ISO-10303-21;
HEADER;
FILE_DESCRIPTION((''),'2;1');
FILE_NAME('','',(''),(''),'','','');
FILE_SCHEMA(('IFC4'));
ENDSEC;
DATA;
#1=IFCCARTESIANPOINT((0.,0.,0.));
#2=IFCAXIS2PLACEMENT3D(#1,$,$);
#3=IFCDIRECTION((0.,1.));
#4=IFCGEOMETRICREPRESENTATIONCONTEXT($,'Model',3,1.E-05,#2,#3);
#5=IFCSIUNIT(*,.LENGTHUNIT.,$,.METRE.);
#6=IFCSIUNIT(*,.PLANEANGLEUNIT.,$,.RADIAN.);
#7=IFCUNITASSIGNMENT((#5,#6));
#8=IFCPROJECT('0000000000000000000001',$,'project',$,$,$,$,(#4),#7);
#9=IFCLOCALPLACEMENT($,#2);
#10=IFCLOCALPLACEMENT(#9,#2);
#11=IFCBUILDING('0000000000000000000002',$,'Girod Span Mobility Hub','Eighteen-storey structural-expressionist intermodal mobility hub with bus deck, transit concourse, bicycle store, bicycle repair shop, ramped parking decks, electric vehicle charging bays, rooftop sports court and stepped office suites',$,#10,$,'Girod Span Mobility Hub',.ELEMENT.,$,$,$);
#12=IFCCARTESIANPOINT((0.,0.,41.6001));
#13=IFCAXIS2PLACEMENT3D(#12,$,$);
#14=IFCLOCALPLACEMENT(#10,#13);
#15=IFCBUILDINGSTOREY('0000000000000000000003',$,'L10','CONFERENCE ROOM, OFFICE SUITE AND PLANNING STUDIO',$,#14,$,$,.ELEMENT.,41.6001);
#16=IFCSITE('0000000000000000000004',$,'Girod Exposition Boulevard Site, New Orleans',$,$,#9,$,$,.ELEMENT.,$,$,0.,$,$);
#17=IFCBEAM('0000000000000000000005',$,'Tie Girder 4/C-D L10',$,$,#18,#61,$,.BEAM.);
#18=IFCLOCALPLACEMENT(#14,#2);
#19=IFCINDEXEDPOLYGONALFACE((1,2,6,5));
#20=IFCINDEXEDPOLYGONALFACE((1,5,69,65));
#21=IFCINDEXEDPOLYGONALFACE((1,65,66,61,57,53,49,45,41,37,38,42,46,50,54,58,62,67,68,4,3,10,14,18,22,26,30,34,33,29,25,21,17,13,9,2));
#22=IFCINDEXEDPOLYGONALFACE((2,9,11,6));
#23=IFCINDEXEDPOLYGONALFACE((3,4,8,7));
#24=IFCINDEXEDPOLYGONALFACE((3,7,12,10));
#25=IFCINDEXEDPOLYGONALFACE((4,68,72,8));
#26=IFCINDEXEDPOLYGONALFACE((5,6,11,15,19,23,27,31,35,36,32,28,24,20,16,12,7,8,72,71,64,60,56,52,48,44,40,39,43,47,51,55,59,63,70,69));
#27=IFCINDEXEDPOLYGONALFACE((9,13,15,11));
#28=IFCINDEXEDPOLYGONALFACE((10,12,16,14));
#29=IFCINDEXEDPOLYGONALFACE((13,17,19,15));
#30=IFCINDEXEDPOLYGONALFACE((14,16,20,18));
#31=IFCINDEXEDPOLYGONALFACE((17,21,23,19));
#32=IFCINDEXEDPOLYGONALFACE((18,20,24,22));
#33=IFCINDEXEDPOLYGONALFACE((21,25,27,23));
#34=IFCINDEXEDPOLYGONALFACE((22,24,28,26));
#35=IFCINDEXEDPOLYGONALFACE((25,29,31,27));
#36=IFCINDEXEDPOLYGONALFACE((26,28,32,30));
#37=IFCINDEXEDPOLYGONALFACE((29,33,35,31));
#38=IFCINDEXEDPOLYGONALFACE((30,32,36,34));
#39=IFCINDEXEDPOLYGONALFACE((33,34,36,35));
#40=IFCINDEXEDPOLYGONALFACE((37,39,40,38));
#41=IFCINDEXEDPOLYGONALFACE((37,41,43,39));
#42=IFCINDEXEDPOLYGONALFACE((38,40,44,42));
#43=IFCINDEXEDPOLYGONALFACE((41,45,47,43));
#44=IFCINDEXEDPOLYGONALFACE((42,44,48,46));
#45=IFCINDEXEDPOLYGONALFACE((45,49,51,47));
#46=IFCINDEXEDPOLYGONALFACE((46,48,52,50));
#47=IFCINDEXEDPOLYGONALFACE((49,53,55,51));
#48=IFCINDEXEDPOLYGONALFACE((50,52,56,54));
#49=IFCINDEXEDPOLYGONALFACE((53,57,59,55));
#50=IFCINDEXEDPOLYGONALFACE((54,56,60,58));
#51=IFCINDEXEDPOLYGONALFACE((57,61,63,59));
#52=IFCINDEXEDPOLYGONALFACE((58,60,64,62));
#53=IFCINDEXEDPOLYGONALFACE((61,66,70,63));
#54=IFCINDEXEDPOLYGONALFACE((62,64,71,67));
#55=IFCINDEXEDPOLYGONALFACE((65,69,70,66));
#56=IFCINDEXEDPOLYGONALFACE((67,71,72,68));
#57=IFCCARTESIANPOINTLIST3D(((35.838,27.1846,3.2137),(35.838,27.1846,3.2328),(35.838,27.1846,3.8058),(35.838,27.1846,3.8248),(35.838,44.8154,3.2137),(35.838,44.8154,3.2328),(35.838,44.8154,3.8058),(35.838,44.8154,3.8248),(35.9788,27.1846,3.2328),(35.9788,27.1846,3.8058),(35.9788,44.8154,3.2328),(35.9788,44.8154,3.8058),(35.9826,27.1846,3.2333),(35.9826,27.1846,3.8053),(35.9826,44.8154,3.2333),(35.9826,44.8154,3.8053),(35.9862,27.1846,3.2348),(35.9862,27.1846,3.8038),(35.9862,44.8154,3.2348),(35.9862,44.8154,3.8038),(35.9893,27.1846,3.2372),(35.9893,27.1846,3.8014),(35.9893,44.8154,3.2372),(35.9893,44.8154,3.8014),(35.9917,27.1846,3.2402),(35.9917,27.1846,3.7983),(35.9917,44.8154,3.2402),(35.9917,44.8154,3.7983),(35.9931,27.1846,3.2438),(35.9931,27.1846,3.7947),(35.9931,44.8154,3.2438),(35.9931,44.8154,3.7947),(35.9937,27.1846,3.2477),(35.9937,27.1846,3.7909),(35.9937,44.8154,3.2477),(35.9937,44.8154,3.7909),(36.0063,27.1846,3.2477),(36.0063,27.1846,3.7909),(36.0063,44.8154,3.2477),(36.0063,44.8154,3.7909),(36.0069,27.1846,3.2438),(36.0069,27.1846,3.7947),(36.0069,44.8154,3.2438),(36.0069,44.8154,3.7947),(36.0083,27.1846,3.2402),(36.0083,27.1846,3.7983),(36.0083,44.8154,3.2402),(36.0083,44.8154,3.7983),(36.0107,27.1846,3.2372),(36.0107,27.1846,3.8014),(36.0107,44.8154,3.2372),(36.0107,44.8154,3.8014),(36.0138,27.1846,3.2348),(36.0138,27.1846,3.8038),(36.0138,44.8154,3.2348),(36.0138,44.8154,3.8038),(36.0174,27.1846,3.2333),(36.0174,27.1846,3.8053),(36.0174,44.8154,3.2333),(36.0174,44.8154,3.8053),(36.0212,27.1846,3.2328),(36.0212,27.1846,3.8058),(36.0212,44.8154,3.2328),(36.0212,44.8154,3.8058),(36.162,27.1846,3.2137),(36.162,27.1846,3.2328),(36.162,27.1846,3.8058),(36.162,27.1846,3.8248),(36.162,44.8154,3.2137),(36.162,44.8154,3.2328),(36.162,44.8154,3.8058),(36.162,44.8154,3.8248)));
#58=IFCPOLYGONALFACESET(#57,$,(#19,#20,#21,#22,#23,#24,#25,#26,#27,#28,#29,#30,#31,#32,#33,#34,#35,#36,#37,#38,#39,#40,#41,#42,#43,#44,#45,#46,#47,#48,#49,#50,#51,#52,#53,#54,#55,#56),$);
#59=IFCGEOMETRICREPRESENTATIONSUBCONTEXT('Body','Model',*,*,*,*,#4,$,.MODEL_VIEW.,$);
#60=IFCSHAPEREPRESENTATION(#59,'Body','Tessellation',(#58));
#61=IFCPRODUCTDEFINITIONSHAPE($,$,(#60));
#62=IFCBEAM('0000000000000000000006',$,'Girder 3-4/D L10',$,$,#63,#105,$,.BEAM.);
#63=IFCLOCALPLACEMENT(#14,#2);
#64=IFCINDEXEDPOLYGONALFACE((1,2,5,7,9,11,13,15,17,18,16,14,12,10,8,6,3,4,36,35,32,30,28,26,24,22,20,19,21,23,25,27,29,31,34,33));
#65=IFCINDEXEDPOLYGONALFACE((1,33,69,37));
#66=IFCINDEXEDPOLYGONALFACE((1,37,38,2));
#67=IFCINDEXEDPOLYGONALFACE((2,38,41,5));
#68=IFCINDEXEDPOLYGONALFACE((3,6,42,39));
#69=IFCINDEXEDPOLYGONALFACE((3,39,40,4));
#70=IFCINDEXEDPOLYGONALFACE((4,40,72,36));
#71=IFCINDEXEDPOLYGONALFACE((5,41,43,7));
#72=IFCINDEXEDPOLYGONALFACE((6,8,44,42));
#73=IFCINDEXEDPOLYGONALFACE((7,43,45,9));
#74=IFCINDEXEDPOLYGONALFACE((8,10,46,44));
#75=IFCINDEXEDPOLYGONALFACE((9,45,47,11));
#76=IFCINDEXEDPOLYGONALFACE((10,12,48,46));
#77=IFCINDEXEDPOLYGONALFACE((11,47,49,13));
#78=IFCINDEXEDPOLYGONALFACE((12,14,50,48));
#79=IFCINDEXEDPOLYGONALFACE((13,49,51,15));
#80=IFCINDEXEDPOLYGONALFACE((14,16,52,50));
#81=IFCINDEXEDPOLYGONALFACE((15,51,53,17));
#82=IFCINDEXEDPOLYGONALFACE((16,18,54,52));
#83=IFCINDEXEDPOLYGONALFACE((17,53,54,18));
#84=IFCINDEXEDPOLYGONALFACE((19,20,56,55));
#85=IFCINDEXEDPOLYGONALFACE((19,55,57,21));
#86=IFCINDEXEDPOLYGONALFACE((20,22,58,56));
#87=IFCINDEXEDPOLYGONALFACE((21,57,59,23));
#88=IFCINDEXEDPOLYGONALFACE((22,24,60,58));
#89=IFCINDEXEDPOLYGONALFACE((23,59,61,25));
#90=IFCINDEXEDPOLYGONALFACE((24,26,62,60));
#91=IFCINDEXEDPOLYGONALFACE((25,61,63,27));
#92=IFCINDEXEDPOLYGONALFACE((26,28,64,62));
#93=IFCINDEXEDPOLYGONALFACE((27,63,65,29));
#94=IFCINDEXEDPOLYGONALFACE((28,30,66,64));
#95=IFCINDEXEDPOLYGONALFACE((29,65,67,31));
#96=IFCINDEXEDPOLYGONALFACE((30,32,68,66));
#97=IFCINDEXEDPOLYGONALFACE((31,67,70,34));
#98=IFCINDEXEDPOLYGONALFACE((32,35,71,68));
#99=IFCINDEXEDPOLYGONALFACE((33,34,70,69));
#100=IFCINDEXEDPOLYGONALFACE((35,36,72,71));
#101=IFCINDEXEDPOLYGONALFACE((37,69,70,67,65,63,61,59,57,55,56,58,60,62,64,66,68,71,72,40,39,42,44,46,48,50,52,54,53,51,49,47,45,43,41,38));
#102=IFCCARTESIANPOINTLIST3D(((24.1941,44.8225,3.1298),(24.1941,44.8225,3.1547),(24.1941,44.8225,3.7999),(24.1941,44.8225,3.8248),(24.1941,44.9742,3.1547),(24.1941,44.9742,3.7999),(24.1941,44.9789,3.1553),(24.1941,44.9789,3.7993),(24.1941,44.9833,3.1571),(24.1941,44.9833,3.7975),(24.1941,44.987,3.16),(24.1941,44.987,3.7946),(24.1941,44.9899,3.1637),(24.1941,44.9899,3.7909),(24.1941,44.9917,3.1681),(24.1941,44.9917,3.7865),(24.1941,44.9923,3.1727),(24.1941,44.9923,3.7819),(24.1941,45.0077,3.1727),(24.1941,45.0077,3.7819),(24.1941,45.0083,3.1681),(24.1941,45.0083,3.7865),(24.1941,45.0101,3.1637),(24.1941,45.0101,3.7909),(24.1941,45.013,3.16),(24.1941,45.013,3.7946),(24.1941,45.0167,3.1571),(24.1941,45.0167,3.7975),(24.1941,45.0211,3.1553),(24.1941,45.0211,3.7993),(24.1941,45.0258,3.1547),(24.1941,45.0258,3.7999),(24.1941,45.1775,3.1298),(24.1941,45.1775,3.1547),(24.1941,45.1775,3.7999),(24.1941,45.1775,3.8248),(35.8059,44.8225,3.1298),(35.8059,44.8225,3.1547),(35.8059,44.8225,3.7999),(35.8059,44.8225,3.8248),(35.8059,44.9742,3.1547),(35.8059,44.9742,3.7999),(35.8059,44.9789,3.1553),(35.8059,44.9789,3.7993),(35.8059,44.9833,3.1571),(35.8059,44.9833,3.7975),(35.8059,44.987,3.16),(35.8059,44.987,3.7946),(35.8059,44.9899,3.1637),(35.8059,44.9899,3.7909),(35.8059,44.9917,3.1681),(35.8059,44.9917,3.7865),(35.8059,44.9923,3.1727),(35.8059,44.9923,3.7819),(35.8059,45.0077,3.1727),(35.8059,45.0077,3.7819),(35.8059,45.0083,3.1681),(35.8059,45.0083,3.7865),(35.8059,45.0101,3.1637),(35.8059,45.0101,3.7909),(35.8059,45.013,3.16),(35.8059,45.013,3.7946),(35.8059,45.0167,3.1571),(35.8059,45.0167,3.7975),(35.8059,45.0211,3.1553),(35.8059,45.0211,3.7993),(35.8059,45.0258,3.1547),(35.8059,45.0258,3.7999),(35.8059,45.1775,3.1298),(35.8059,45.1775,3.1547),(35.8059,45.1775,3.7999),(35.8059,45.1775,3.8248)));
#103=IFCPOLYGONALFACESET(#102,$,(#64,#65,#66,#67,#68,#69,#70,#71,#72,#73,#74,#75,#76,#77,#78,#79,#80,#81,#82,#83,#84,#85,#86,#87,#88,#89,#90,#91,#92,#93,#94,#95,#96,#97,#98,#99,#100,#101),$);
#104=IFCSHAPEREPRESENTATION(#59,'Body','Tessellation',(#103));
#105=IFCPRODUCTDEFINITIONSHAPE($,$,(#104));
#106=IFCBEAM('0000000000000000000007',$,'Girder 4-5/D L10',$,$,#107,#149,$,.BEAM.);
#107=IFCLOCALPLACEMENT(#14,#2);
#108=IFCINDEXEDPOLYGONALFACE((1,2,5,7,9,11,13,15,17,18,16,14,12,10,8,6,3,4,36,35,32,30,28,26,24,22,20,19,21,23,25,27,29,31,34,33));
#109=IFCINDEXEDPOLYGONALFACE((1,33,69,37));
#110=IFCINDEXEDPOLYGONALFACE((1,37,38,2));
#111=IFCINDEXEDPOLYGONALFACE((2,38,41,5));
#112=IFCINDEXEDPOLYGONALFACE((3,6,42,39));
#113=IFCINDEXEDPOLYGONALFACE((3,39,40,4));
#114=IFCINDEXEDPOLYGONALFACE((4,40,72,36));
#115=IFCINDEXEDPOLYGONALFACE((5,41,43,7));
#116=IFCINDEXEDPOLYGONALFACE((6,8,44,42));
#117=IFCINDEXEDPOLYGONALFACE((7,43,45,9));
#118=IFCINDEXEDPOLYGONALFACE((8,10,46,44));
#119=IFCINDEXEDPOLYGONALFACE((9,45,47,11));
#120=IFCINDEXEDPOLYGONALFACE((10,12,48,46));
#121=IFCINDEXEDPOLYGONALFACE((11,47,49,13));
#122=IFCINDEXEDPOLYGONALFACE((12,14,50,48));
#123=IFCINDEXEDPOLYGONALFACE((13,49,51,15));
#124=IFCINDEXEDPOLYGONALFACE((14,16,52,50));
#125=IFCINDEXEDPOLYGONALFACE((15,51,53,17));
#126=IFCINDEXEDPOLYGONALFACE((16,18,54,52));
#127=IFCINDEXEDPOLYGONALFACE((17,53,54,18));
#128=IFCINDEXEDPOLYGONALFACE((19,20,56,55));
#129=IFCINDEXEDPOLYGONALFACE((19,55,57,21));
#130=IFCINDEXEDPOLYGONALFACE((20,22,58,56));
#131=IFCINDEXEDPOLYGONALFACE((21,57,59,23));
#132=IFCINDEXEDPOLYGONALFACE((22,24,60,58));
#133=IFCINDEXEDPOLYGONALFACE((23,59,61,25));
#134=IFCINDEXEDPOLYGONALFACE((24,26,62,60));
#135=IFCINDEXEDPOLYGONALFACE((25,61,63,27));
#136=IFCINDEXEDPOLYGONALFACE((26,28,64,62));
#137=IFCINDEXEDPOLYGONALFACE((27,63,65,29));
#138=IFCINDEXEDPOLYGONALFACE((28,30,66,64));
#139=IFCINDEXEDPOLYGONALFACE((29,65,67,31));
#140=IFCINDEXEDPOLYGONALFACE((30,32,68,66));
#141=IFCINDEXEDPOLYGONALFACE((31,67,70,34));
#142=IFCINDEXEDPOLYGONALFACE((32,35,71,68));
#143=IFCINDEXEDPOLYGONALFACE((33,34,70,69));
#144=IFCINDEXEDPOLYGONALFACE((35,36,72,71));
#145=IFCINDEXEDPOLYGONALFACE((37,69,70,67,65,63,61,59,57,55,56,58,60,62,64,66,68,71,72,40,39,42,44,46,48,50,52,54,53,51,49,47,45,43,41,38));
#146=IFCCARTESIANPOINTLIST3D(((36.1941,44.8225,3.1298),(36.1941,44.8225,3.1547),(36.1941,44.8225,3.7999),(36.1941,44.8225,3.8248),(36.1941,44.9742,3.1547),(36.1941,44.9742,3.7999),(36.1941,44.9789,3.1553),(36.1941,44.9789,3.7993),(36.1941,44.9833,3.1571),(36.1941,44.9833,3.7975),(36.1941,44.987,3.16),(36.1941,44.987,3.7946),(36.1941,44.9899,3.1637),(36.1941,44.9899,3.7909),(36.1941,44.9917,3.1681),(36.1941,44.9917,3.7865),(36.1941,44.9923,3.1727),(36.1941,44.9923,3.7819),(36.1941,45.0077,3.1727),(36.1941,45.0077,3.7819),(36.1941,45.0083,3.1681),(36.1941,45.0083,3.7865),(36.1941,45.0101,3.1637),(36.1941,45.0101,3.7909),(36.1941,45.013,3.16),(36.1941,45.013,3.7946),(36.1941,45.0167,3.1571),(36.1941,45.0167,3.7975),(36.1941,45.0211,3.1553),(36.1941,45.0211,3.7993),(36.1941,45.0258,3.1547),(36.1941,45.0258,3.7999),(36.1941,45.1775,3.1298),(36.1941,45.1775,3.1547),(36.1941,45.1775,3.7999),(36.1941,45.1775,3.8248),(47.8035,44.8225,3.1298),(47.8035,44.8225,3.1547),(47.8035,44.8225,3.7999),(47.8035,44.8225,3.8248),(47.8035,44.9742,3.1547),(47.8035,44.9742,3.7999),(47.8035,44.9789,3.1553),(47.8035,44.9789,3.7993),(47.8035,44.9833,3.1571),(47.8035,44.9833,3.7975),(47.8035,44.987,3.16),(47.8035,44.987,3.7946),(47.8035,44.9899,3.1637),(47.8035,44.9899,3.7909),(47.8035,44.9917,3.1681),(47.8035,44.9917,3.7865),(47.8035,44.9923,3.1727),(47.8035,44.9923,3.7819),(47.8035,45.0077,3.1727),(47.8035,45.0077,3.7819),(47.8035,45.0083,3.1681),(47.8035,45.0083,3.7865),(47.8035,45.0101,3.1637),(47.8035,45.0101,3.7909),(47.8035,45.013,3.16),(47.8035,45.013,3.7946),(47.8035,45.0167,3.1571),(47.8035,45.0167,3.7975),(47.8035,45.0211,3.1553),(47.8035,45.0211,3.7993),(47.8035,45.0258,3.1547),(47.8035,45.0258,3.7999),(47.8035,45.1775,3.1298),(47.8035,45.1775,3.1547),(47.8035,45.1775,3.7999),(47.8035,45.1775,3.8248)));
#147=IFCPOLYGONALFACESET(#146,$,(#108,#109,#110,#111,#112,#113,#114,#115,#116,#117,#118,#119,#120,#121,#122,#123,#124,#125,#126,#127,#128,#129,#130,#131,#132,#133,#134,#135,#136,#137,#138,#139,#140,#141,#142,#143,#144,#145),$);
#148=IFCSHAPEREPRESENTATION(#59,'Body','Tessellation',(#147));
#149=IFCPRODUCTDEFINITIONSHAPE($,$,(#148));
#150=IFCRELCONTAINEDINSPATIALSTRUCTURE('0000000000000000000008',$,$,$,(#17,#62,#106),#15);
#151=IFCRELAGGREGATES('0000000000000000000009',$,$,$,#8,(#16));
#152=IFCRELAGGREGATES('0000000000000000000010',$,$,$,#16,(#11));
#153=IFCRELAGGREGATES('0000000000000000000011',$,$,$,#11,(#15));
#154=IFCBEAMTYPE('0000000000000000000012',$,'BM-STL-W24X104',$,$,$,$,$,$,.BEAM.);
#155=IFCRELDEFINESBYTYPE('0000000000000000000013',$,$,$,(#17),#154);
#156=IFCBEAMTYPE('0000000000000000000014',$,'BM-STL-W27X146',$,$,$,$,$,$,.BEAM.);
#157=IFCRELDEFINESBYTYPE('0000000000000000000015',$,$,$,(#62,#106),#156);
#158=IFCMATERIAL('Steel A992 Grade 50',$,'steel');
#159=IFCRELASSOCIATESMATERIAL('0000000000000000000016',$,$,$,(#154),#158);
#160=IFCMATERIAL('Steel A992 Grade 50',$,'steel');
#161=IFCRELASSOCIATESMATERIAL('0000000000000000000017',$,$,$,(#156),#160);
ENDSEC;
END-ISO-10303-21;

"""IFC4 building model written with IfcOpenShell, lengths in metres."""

from ifc_helpers import new_model, si_unit, direction, frame, origin, origin_2d, place, context, subcontext, project, spatial, i_section, extrude, material, material_profile, profile_set, type_object, element, save


model = new_model("IFC4")

# Units and contexts
model_context = context("Model", 3, precision=1e-05, world=origin(), true_north=direction((0.0, 1.0)))
body_context = subcontext(model_context, "Body", "Model", "MODEL_VIEW")
ifc_project = project(units=[si_unit("LENGTHUNIT", "METRE"), si_unit("PLANEANGLEUNIT", "RADIAN")], contexts=[model_context])

# Site, building, storey
site_placement = place(None, origin())
site = spatial("IfcSite", under=ifc_project, at=site_placement, Name="Girod Exposition Boulevard Site, New Orleans", CompositionType="ELEMENT", RefElevation=0.0)
building_placement = place(site_placement, origin())
building = spatial("IfcBuilding", under=site, at=building_placement, Name="Girod Span Mobility Hub", Description="Eighteen-storey structural-expressionist intermodal mobility hub with bus deck, transit concourse, bicycle store, bicycle repair shop, ramped parking decks, electric vehicle charging bays, rooftop sports court and stepped office suites", LongName="Girod Span Mobility Hub", CompositionType="ELEMENT")
storey_placement = place(building_placement, frame((0.0, 0.0, 41.6001)))
storey = spatial("IfcBuildingStorey", under=building, at=storey_placement, Name="L10", Description="CONFERENCE ROOM, OFFICE SUITE AND PLANNING STUDIO", CompositionType="ELEMENT", Elevation=41.6001)

# Beams
ifc_material_1 = material(Name="Steel A992 Grade 50", Category="steel")
ifc_material_profile_1 = material_profile(ifc_material_1, i_section(OverallWidth=0.324, OverallDepth=0.6111, WebThickness=0.0127, FlangeThickness=0.019, FilletRadius=0.0149, at=origin_2d()), Name="W24X104")
ifc_profile_set_1 = profile_set([ifc_material_profile_1], Name="Steel A992 Grade 50")
beam_type_1 = type_object("IfcBeamType", Name="BM-STL-W24X104", PredefinedType="BEAM", material=ifc_profile_set_1)
beam_1_placement = place(storey_placement, frame((36.0, 27.1846, 3.5193), z_axis=(0.0, 1.0, 0.0), x_axis=(-1.0, 0.0, 0.0)))
element("IfcBeam", 1, at=beam_1_placement, inside=storey, type_object=beam_type_1, Name="Tie Girder 4/C-D L10", PredefinedType="BEAM", context=body_context, shape_type="SweptSolid", body=[
    extrude(i_section(OverallWidth=0.324, OverallDepth=0.6111, WebThickness=0.0127, FlangeThickness=0.019, FilletRadius=0.0149, at=origin_2d()), origin(), (0.0, 0.0, 1.0), 17.6309),
])
ifc_material_2 = material(Name="Steel A992 Grade 50", Category="steel")
ifc_material_profile_2 = material_profile(ifc_material_2, i_section(OverallWidth=0.355, OverallDepth=0.6951, WebThickness=0.0154, FlangeThickness=0.0249, FilletRadius=0.0181, at=origin_2d()), Name="W27X146")
ifc_profile_set_2 = profile_set([ifc_material_profile_2], Name="Steel A992 Grade 50")
beam_type_2 = type_object("IfcBeamType", Name="BM-STL-W27X146", PredefinedType="BEAM", material=ifc_profile_set_2)
beam_2_placement = place(storey_placement, frame((24.1941, 45.0, 3.4773), z_axis=(1.0, 0.0, 0.0), x_axis=(0.0, 1.0, 0.0)))
element("IfcBeam", 2, at=beam_2_placement, inside=storey, type_object=beam_type_2, Name="Girder 3-4/D L10", PredefinedType="BEAM", context=body_context, shape_type="SweptSolid", body=[
    extrude(i_section(OverallWidth=0.355, OverallDepth=0.6951, WebThickness=0.0154, FlangeThickness=0.0249, FilletRadius=0.0181, at=origin_2d()), origin(), (0.0, 0.0, 1.0), 11.6118),
])
beam_3_placement = place(storey_placement, frame((36.1941, 45.0, 3.4773), z_axis=(1.0, 0.0, 0.0), x_axis=(0.0, 1.0, 0.0)))
element("IfcBeam", 3, at=beam_3_placement, inside=storey, type_object=beam_type_2, Name="Girder 4-5/D L10", PredefinedType="BEAM", context=body_context, shape_type="SweptSolid", body=[
    extrude(i_section(OverallWidth=0.355, OverallDepth=0.6951, WebThickness=0.0154, FlangeThickness=0.0249, FilletRadius=0.0181, at=origin_2d()), origin(), (0.0, 0.0, 1.0), 11.6094),
])

save(model, "model.ifc")
